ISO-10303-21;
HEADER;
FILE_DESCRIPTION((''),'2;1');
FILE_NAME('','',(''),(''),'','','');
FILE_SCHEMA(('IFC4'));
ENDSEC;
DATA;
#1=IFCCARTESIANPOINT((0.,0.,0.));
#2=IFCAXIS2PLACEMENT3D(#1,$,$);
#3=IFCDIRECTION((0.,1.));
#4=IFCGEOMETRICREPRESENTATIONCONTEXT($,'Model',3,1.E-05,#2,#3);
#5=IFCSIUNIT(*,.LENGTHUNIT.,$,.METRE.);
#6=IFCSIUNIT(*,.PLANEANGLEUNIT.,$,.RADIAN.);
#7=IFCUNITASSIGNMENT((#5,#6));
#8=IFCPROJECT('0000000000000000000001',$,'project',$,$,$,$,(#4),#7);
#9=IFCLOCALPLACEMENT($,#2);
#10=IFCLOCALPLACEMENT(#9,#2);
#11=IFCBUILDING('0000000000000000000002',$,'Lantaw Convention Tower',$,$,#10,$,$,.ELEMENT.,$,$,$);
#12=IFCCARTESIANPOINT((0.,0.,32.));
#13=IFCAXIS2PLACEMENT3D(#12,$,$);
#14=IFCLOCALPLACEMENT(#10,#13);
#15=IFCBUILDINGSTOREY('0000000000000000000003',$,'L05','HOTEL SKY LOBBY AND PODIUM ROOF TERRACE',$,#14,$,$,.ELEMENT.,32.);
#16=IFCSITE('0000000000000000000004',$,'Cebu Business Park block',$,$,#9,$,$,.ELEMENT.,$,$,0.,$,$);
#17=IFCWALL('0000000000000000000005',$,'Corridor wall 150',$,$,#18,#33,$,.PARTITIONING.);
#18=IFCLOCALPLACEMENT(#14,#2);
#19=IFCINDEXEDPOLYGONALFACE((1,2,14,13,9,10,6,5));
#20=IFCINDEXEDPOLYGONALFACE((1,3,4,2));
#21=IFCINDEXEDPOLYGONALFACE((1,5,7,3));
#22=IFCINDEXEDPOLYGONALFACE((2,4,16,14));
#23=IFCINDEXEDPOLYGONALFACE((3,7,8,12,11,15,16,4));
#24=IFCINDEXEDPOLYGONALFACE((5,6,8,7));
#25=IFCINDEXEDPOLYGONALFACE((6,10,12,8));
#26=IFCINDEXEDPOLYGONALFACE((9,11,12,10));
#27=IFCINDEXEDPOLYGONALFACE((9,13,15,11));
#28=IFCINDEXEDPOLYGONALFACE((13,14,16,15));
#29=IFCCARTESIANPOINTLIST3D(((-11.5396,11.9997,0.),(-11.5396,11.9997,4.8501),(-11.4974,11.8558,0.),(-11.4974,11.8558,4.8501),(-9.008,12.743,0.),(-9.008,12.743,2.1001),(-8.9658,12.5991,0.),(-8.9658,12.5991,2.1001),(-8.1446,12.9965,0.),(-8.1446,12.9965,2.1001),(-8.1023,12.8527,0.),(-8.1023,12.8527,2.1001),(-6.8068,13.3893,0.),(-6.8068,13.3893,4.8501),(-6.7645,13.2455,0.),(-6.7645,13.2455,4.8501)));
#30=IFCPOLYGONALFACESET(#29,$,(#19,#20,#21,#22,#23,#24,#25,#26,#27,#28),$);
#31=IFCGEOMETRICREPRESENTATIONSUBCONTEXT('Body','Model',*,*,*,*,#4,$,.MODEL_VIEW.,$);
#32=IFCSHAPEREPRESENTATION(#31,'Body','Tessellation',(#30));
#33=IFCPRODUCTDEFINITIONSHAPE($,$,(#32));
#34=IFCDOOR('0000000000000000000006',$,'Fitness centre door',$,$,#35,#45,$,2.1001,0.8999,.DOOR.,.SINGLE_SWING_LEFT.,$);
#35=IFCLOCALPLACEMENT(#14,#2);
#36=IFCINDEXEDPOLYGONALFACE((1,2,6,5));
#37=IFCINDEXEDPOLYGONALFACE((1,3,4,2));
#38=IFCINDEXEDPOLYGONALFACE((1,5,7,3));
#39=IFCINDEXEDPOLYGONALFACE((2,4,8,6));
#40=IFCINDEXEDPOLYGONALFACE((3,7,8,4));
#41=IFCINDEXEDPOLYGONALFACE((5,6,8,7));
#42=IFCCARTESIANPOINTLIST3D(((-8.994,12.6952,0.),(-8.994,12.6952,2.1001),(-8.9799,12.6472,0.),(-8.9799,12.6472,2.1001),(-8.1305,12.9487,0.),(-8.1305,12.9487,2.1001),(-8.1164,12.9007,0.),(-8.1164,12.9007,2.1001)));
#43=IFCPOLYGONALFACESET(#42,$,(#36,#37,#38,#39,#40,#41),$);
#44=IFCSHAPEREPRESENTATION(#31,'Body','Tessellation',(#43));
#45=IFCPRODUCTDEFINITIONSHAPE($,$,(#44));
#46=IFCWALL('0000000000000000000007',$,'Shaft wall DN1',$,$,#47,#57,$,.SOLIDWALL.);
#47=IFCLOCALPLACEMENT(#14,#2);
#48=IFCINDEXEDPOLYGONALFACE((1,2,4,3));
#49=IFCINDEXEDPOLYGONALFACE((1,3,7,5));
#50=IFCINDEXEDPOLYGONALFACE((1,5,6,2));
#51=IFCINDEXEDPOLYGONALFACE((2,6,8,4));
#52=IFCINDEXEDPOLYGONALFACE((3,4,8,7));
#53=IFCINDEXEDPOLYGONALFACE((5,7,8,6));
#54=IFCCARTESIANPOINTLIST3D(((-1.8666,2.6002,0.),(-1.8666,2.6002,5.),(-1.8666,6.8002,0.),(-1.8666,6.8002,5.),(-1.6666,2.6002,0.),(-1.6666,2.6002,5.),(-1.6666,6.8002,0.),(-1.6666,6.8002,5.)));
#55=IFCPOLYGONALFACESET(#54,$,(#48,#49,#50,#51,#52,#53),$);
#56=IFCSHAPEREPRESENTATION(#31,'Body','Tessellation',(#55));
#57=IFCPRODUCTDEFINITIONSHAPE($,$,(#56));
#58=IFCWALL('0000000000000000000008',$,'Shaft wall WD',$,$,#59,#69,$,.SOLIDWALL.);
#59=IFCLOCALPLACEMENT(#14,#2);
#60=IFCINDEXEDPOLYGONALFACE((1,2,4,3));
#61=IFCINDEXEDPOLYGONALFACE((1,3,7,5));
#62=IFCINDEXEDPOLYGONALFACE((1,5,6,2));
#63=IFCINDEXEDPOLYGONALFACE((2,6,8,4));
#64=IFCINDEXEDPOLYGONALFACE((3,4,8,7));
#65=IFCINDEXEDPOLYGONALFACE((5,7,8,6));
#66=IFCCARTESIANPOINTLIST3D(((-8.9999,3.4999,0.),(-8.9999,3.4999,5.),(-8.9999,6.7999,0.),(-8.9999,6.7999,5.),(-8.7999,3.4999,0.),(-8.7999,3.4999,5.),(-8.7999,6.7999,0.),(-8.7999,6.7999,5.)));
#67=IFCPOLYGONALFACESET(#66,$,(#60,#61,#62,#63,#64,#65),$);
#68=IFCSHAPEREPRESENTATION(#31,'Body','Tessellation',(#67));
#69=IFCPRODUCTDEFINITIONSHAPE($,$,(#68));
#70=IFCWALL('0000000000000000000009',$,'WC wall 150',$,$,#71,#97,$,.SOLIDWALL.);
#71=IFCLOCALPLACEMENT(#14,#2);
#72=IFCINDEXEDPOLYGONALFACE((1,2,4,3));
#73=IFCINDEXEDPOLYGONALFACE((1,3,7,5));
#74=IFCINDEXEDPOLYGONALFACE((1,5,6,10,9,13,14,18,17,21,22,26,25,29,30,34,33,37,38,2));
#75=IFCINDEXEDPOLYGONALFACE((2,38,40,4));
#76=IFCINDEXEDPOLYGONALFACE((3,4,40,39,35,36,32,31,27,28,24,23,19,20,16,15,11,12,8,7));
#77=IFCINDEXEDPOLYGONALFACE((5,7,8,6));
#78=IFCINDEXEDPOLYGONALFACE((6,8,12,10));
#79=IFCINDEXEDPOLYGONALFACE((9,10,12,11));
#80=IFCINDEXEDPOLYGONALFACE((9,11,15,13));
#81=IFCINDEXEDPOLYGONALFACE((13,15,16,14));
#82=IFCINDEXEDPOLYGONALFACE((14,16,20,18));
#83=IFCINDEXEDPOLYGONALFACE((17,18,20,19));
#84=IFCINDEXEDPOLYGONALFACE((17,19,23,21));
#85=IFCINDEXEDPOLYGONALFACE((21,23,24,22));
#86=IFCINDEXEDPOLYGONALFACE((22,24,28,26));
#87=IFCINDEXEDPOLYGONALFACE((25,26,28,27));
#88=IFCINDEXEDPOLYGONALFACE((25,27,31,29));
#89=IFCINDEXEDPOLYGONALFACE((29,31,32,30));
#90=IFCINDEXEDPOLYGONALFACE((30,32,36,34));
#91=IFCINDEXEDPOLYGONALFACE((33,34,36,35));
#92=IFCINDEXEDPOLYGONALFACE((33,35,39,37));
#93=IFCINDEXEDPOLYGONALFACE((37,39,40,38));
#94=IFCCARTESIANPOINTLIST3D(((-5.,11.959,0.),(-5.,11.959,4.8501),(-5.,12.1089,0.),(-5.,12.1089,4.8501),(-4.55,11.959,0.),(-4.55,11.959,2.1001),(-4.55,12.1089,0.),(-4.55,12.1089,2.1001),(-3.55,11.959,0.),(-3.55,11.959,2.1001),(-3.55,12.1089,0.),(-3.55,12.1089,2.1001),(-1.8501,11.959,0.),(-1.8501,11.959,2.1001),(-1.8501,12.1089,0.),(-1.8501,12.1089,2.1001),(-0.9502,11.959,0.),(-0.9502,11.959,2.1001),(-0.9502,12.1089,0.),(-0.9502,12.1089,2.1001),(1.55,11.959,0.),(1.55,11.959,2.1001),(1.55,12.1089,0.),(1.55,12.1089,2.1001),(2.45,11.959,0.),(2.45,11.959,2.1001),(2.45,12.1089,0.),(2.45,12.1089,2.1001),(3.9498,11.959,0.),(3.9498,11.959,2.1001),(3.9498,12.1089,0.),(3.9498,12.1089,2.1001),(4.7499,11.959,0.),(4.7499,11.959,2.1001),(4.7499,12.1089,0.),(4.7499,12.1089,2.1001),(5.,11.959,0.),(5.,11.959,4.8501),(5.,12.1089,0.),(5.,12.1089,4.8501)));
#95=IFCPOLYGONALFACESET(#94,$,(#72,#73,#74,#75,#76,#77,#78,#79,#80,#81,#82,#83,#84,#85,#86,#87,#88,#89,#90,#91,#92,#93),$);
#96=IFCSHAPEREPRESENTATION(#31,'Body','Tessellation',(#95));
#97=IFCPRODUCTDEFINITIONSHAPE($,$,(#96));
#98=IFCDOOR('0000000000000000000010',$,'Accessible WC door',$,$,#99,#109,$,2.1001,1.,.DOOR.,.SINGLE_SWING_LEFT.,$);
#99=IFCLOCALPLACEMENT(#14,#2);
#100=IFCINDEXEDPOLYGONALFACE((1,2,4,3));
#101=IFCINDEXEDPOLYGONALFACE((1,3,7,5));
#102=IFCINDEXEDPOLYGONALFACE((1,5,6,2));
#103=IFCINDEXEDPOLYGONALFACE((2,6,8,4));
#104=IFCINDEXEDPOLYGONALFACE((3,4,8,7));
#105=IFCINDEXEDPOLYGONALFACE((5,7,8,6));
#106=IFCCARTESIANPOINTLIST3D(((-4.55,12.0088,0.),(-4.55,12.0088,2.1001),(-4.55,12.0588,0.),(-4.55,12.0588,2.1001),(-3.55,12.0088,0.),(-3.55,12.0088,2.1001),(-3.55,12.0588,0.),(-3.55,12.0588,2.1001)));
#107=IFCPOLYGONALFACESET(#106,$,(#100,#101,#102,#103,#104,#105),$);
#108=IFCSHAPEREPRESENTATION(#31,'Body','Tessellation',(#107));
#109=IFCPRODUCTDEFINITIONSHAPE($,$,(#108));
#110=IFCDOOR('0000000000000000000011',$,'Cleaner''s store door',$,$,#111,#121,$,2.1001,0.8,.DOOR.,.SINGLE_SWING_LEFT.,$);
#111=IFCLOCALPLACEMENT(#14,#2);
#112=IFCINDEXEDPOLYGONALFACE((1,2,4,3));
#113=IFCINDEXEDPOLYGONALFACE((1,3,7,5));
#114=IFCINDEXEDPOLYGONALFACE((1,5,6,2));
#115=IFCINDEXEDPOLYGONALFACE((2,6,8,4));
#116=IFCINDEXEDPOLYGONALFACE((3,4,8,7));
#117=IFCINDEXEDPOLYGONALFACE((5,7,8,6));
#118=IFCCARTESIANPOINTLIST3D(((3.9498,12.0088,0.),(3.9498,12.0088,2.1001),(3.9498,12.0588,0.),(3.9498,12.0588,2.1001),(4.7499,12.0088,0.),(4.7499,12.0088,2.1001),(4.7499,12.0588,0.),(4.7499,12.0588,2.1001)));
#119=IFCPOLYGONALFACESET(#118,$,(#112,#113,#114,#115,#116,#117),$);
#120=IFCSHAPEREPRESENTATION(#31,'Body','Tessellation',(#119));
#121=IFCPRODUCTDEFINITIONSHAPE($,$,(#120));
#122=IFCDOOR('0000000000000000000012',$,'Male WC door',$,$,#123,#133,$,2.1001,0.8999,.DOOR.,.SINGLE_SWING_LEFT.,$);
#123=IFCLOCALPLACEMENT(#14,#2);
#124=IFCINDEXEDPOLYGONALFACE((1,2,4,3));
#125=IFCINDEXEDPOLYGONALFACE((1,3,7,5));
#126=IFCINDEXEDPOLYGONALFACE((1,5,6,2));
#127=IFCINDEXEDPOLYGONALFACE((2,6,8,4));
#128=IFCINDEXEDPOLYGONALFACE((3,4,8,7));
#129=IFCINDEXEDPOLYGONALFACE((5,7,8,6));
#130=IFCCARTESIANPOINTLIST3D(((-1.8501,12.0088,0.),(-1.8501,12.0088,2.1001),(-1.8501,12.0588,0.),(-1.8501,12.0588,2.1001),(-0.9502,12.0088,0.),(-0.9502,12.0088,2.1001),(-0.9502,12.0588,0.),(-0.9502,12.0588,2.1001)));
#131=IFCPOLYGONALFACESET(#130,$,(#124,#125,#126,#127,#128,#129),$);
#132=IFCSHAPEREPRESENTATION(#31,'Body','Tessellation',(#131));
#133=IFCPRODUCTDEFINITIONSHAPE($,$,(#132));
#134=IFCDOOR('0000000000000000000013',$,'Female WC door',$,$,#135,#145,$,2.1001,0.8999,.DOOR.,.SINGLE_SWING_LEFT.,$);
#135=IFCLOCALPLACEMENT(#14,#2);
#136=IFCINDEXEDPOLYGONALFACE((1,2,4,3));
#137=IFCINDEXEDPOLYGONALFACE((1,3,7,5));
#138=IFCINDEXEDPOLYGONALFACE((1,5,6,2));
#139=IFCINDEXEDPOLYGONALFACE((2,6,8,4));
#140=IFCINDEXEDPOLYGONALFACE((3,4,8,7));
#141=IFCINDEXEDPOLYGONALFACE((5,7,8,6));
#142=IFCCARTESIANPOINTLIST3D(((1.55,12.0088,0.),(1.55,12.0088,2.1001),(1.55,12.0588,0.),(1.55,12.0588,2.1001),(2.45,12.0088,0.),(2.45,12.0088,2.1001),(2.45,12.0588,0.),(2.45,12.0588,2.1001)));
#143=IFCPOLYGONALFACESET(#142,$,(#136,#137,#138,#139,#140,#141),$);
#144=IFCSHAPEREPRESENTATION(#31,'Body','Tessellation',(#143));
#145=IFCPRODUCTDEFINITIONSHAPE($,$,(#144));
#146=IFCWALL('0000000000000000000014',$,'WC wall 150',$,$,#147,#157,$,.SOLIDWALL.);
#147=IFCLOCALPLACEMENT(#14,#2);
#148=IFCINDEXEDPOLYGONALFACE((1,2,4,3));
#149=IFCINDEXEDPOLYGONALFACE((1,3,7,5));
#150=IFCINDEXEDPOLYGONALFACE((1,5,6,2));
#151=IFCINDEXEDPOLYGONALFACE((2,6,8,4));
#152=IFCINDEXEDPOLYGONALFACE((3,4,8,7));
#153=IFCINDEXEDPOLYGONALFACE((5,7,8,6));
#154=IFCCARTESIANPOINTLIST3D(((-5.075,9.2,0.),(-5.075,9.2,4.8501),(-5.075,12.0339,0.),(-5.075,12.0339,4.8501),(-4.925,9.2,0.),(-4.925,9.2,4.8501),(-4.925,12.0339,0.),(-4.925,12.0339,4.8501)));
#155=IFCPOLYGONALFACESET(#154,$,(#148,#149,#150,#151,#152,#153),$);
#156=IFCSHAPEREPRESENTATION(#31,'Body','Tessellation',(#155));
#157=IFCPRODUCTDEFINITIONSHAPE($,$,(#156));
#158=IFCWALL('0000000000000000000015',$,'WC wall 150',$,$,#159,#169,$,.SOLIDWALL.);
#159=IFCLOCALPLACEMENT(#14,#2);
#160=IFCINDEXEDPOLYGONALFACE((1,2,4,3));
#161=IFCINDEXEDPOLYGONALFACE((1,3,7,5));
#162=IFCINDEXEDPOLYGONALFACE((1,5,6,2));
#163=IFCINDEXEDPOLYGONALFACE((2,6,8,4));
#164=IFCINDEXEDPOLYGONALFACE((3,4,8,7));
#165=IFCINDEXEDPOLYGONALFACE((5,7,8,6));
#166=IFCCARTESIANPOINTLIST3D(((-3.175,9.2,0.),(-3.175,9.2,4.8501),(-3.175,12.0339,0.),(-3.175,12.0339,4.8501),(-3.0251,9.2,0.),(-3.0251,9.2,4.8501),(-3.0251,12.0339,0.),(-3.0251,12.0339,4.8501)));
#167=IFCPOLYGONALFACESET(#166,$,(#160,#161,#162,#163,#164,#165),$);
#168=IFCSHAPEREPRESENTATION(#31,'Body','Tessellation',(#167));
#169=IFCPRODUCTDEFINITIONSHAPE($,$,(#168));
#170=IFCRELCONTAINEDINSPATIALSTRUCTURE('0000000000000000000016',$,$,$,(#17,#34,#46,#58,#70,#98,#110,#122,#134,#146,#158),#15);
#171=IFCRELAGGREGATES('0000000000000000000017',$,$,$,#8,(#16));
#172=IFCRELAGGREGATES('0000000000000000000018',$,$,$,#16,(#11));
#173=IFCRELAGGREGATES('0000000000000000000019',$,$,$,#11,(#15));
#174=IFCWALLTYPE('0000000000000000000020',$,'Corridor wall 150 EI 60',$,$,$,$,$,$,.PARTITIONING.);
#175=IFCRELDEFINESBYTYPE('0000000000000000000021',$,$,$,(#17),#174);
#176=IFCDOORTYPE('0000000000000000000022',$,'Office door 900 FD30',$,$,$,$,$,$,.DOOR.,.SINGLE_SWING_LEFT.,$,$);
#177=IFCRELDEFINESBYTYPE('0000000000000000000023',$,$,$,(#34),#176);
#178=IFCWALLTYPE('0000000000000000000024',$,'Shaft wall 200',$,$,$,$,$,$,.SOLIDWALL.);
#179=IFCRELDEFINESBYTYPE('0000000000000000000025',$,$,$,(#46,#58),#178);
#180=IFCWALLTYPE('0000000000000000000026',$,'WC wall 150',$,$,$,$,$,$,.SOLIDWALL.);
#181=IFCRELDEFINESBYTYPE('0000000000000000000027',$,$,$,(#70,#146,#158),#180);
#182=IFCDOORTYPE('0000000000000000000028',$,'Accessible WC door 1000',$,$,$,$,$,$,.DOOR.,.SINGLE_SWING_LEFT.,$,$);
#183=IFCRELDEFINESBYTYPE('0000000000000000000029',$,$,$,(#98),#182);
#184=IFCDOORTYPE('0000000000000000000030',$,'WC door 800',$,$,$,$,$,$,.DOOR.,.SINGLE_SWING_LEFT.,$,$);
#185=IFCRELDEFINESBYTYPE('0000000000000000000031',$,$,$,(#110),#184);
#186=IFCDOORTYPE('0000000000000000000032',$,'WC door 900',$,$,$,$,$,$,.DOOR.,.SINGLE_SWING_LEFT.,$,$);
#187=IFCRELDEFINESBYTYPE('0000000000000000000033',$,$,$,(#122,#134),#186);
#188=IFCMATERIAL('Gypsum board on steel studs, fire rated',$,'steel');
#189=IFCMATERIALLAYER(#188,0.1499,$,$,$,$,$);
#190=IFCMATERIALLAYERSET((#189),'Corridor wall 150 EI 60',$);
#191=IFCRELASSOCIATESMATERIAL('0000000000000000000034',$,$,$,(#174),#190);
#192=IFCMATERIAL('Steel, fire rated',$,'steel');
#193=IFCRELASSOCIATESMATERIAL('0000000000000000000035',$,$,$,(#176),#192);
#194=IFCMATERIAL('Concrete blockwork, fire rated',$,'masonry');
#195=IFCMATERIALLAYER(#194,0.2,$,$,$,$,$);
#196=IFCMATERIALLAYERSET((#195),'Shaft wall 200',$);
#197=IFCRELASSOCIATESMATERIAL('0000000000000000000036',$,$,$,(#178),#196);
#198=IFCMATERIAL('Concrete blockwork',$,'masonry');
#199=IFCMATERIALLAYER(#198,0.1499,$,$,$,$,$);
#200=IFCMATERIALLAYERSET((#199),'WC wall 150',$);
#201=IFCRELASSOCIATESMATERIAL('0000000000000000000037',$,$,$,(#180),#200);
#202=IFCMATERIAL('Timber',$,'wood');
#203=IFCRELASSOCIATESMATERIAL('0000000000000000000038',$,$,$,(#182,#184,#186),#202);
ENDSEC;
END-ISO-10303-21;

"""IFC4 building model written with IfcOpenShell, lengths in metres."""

from ifc_helpers import new_model, si_unit, direction, frame, frame_2d, origin, place, context, subcontext, project, spatial, rectangle, extrude, material, layer, layer_set, type_object, element, fill, save


model = new_model("IFC4")

# Units and contexts
model_context = context("Model", 3, precision=1e-05, world=origin(), true_north=direction((0.0, 1.0)))
body_context = subcontext(model_context, "Body", "Model", "MODEL_VIEW")
ifc_project = project(units=[si_unit("LENGTHUNIT", "METRE"), si_unit("PLANEANGLEUNIT", "RADIAN")], contexts=[model_context])

# Site, building, storey
site_placement = place(None, origin())
site = spatial("IfcSite", under=ifc_project, at=site_placement, Name="Cebu Business Park block", CompositionType="ELEMENT", RefElevation=0.0)
building_placement = place(site_placement, origin())
building = spatial("IfcBuilding", under=site, at=building_placement, Name="Lantaw Convention Tower", CompositionType="ELEMENT")
storey_placement = place(building_placement, frame((0.0, 0.0, 32.0)))
storey = spatial("IfcBuildingStorey", under=building, at=storey_placement, Name="L05", Description="HOTEL SKY LOBBY AND PODIUM ROOF TERRACE", CompositionType="ELEMENT", Elevation=32.0)

# Wall, opening, door
ifc_material_1 = material(Name="Steel, fire rated", Category="steel")
ifc_material_2 = material(Name="Gypsum board on steel studs, fire rated", Category="steel")
ifc_layer_1 = layer(ifc_material_2, 0.1499)
ifc_layer_set_1 = layer_set([ifc_layer_1], Name="Corridor wall 150 EI 60")
wall_type_1 = type_object("IfcWallType", Name="Corridor wall 150 EI 60", PredefinedType="PARTITIONING", material=ifc_layer_set_1)
wall_1_placement = place(storey_placement, frame((-6.7856, 13.3174, 0.0), z_axis=(0.0, 0.0, 1.0), x_axis=(-0.959496, -0.281721, 0.0)))
wall_1 = element("IfcWall", 1, at=wall_1_placement, inside=storey, type_object=wall_type_1, Name="Corridor wall 150", PredefinedType="PARTITIONING", context=body_context, shape_type="SweptSolid", body=[
    extrude(rectangle(XDim=4.9326, YDim=0.1499, at=frame_2d((2.4663, 0.0))), origin(), (0.0, 0.0, 1.0), 4.8501),
])
opening_1_placement = place(wall_1_placement, frame((1.3943, 0.0, 0.0)))
opening_1 = element("IfcOpeningElement", 2, at=opening_1_placement, cuts=wall_1, PredefinedType="OPENING", context=body_context, shape_type="SweptSolid", body=[
    extrude(rectangle(XDim=0.8999, YDim=2.1001, at=frame_2d((0.45, 1.05))), frame((0.0, 0.085, 0.0), z_axis=(0.0, -1.0, 0.0), x_axis=(1.0, 0.0, 0.0)), (0.0, 0.0, 1.0), 0.1699),
])
door_type_1 = type_object("IfcDoorType", Name="Office door 900 FD30", OperationType="SINGLE_SWING_LEFT", PredefinedType="DOOR", material=ifc_material_1)
door_1_placement = place(opening_1_placement, origin())
door_1 = element("IfcDoor", 3, at=door_1_placement, inside=storey, type_object=door_type_1, Name="Fitness centre door", OperationType="SINGLE_SWING_LEFT", OverallHeight=2.1001, OverallWidth=0.8999, PredefinedType="DOOR", context=body_context, shape_type="SweptSolid", body=[
    extrude(rectangle(XDim=0.8999, YDim=2.1001, at=frame_2d((0.45, 1.05))), frame((0.0, 0.0249, 0.0), z_axis=(0.0, -1.0, 0.0), x_axis=(1.0, 0.0, 0.0)), (0.0, 0.0, 1.0), 0.05),
])
fill(opening_1, door_1)

# Walls
ifc_material_3 = material(Name="Concrete blockwork, fire rated", Category="masonry")
ifc_layer_2 = layer(ifc_material_3, 0.2)
ifc_layer_set_2 = layer_set([ifc_layer_2], Name="Shaft wall 200")
wall_type_2 = type_object("IfcWallType", Name="Shaft wall 200", PredefinedType="SOLIDWALL", material=ifc_layer_set_2)
wall_2_placement = place(storey_placement, frame((-1.7666, 2.6001, 0.0), z_axis=(0.0, 0.0, 1.0), x_axis=(0.0, 1.0, 0.0)))
element("IfcWall", 4, at=wall_2_placement, inside=storey, type_object=wall_type_2, Name="Shaft wall DN1", PredefinedType="SOLIDWALL", context=body_context, shape_type="SweptSolid", body=[
    extrude(rectangle(XDim=4.2, YDim=0.2, at=frame_2d((2.1001, 0.0))), origin(), (0.0, 0.0, 1.0), 5.0),
])
wall_3_placement = place(storey_placement, frame((-8.8999, 3.5, 0.0), z_axis=(0.0, 0.0, 1.0), x_axis=(0.0, 1.0, 0.0)))
element("IfcWall", 5, at=wall_3_placement, inside=storey, type_object=wall_type_2, Name="Shaft wall WD", PredefinedType="SOLIDWALL", context=body_context, shape_type="SweptSolid", body=[
    extrude(rectangle(XDim=3.3, YDim=0.2, at=frame_2d((1.6499, 0.0))), origin(), (0.0, 0.0, 1.0), 5.0),
])

# Wall, openings, doors
ifc_material_4 = material(Name="Concrete blockwork", Category="masonry")
ifc_layer_3 = layer(ifc_material_4, 0.1499)
ifc_layer_set_3 = layer_set([ifc_layer_3], Name="WC wall 150")
wall_type_3 = type_object("IfcWallType", Name="WC wall 150", PredefinedType="SOLIDWALL", material=ifc_layer_set_3)
wall_4_placement = place(storey_placement, frame((-5.0, 12.0339, 0.0), z_axis=(0.0, 0.0, 1.0), x_axis=(1.0, 0.0, 0.0)))
wall_4 = element("IfcWall", 6, at=wall_4_placement, inside=storey, type_object=wall_type_3, Name="WC wall 150", PredefinedType="SOLIDWALL", context=body_context, shape_type="SweptSolid", body=[
    extrude(rectangle(XDim=10.0, YDim=0.1499, at=frame_2d((5.0, 0.0))), origin(), (0.0, 0.0, 1.0), 4.8501),
])
opening_2_placement = place(wall_4_placement, frame((0.45, 0.0, 0.0)))
opening_2 = element("IfcOpeningElement", 7, at=opening_2_placement, cuts=wall_4, PredefinedType="OPENING", context=body_context, shape_type="SweptSolid", body=[
    extrude(rectangle(XDim=1.0, YDim=2.1001, at=frame_2d((0.5, 1.05))), frame((0.0, 0.085, 0.0), z_axis=(0.0, -1.0, 0.0), x_axis=(1.0, 0.0, 0.0)), (0.0, 0.0, 1.0), 0.1699),
])
opening_3_placement = place(wall_4_placement, frame((3.1499, 0.0, 0.0)))
opening_3 = element("IfcOpeningElement", 8, at=opening_3_placement, cuts=wall_4, PredefinedType="OPENING", context=body_context, shape_type="SweptSolid", body=[
    extrude(rectangle(XDim=0.8999, YDim=2.1001, at=frame_2d((0.45, 1.05))), frame((0.0, 0.085, 0.0), z_axis=(0.0, -1.0, 0.0), x_axis=(1.0, 0.0, 0.0)), (0.0, 0.0, 1.0), 0.1699),
])
opening_4_placement = place(wall_4_placement, frame((6.55, 0.0, 0.0)))
opening_4 = element("IfcOpeningElement", 9, at=opening_4_placement, cuts=wall_4, PredefinedType="OPENING", context=body_context, shape_type="SweptSolid", body=[
    extrude(rectangle(XDim=0.8999, YDim=2.1001, at=frame_2d((0.45, 1.05))), frame((0.0, 0.085, 0.0), z_axis=(0.0, -1.0, 0.0), x_axis=(1.0, 0.0, 0.0)), (0.0, 0.0, 1.0), 0.1699),
])
opening_5_placement = place(wall_4_placement, frame((8.95, 0.0, 0.0)))
opening_5 = element("IfcOpeningElement", 10, at=opening_5_placement, cuts=wall_4, PredefinedType="OPENING", context=body_context, shape_type="SweptSolid", body=[
    extrude(rectangle(XDim=0.8, YDim=2.1001, at=frame_2d((0.3999, 1.05))), frame((0.0, 0.085, 0.0), z_axis=(0.0, -1.0, 0.0), x_axis=(1.0, 0.0, 0.0)), (0.0, 0.0, 1.0), 0.1699),
])
ifc_material_5 = material(Name="Timber", Category="wood")
door_type_2 = type_object("IfcDoorType", Name="Accessible WC door 1000", OperationType="SINGLE_SWING_LEFT", PredefinedType="DOOR", material=ifc_material_5)
door_2_placement = place(opening_2_placement, origin())
door_2 = element("IfcDoor", 11, at=door_2_placement, inside=storey, type_object=door_type_2, Name="Accessible WC door", OperationType="SINGLE_SWING_LEFT", OverallHeight=2.1001, OverallWidth=1.0, PredefinedType="DOOR", context=body_context, shape_type="SweptSolid", body=[
    extrude(rectangle(XDim=1.0, YDim=2.1001, at=frame_2d((0.5, 1.05))), frame((0.0, 0.0249, 0.0), z_axis=(0.0, -1.0, 0.0), x_axis=(1.0, 0.0, 0.0)), (0.0, 0.0, 1.0), 0.05),
])
fill(opening_2, door_2)
door_type_3 = type_object("IfcDoorType", Name="WC door 800", OperationType="SINGLE_SWING_LEFT", PredefinedType="DOOR", material=ifc_material_5)
door_3_placement = place(opening_5_placement, origin())
door_3 = element("IfcDoor", 12, at=door_3_placement, inside=storey, type_object=door_type_3, Name="Cleaner's store door", OperationType="SINGLE_SWING_LEFT", OverallHeight=2.1001, OverallWidth=0.8, PredefinedType="DOOR", context=body_context, shape_type="SweptSolid", body=[
    extrude(rectangle(XDim=0.8, YDim=2.1001, at=frame_2d((0.3999, 1.05))), frame((0.0, 0.0249, 0.0), z_axis=(0.0, -1.0, 0.0), x_axis=(1.0, 0.0, 0.0)), (0.0, 0.0, 1.0), 0.05),
])
fill(opening_5, door_3)
door_type_4 = type_object("IfcDoorType", Name="WC door 900", OperationType="SINGLE_SWING_LEFT", PredefinedType="DOOR", material=ifc_material_5)
door_4_placement = place(opening_3_placement, origin())
door_4 = element("IfcDoor", 13, at=door_4_placement, inside=storey, type_object=door_type_4, Name="Male WC door", OperationType="SINGLE_SWING_LEFT", OverallHeight=2.1001, OverallWidth=0.8999, PredefinedType="DOOR", context=body_context, shape_type="SweptSolid", body=[
    extrude(rectangle(XDim=0.8999, YDim=2.1001, at=frame_2d((0.45, 1.05))), frame((0.0, 0.0249, 0.0), z_axis=(0.0, -1.0, 0.0), x_axis=(1.0, 0.0, 0.0)), (0.0, 0.0, 1.0), 0.05),
])
fill(opening_3, door_4)
door_5_placement = place(opening_4_placement, origin())
door_5 = element("IfcDoor", 14, at=door_5_placement, inside=storey, type_object=door_type_4, Name="Female WC door", OperationType="SINGLE_SWING_LEFT", OverallHeight=2.1001, OverallWidth=0.8999, PredefinedType="DOOR", context=body_context, shape_type="SweptSolid", body=[
    extrude(rectangle(XDim=0.8999, YDim=2.1001, at=frame_2d((0.45, 1.05))), frame((0.0, 0.0249, 0.0), z_axis=(0.0, -1.0, 0.0), x_axis=(1.0, 0.0, 0.0)), (0.0, 0.0, 1.0), 0.05),
])
fill(opening_4, door_5)

# Walls
for number, where, z_axis, x_axis, name in (
    (15, (-5.0, 9.2, 0.0), (0.0, 0.0, 1.0), (0.0, 1.0, 0.0), "WC wall 150"),
    (16, (-3.1001, 9.2, 0.0), (0.0, 0.0, 1.0), (0.0, 1.0, 0.0), "WC wall 150"),
):
    element("IfcWall", number, at=place(storey_placement, frame(where, z_axis=z_axis, x_axis=x_axis)), inside=storey, type_object=wall_type_3, Name=name, PredefinedType="SOLIDWALL", context=body_context, shape_type="SweptSolid", body=[
        extrude(rectangle(XDim=2.834, YDim=0.1499, at=frame_2d((1.417, 0.0))), origin(), (0.0, 0.0, 1.0), 4.8501),
    ])

save(model, "model.ifc")
